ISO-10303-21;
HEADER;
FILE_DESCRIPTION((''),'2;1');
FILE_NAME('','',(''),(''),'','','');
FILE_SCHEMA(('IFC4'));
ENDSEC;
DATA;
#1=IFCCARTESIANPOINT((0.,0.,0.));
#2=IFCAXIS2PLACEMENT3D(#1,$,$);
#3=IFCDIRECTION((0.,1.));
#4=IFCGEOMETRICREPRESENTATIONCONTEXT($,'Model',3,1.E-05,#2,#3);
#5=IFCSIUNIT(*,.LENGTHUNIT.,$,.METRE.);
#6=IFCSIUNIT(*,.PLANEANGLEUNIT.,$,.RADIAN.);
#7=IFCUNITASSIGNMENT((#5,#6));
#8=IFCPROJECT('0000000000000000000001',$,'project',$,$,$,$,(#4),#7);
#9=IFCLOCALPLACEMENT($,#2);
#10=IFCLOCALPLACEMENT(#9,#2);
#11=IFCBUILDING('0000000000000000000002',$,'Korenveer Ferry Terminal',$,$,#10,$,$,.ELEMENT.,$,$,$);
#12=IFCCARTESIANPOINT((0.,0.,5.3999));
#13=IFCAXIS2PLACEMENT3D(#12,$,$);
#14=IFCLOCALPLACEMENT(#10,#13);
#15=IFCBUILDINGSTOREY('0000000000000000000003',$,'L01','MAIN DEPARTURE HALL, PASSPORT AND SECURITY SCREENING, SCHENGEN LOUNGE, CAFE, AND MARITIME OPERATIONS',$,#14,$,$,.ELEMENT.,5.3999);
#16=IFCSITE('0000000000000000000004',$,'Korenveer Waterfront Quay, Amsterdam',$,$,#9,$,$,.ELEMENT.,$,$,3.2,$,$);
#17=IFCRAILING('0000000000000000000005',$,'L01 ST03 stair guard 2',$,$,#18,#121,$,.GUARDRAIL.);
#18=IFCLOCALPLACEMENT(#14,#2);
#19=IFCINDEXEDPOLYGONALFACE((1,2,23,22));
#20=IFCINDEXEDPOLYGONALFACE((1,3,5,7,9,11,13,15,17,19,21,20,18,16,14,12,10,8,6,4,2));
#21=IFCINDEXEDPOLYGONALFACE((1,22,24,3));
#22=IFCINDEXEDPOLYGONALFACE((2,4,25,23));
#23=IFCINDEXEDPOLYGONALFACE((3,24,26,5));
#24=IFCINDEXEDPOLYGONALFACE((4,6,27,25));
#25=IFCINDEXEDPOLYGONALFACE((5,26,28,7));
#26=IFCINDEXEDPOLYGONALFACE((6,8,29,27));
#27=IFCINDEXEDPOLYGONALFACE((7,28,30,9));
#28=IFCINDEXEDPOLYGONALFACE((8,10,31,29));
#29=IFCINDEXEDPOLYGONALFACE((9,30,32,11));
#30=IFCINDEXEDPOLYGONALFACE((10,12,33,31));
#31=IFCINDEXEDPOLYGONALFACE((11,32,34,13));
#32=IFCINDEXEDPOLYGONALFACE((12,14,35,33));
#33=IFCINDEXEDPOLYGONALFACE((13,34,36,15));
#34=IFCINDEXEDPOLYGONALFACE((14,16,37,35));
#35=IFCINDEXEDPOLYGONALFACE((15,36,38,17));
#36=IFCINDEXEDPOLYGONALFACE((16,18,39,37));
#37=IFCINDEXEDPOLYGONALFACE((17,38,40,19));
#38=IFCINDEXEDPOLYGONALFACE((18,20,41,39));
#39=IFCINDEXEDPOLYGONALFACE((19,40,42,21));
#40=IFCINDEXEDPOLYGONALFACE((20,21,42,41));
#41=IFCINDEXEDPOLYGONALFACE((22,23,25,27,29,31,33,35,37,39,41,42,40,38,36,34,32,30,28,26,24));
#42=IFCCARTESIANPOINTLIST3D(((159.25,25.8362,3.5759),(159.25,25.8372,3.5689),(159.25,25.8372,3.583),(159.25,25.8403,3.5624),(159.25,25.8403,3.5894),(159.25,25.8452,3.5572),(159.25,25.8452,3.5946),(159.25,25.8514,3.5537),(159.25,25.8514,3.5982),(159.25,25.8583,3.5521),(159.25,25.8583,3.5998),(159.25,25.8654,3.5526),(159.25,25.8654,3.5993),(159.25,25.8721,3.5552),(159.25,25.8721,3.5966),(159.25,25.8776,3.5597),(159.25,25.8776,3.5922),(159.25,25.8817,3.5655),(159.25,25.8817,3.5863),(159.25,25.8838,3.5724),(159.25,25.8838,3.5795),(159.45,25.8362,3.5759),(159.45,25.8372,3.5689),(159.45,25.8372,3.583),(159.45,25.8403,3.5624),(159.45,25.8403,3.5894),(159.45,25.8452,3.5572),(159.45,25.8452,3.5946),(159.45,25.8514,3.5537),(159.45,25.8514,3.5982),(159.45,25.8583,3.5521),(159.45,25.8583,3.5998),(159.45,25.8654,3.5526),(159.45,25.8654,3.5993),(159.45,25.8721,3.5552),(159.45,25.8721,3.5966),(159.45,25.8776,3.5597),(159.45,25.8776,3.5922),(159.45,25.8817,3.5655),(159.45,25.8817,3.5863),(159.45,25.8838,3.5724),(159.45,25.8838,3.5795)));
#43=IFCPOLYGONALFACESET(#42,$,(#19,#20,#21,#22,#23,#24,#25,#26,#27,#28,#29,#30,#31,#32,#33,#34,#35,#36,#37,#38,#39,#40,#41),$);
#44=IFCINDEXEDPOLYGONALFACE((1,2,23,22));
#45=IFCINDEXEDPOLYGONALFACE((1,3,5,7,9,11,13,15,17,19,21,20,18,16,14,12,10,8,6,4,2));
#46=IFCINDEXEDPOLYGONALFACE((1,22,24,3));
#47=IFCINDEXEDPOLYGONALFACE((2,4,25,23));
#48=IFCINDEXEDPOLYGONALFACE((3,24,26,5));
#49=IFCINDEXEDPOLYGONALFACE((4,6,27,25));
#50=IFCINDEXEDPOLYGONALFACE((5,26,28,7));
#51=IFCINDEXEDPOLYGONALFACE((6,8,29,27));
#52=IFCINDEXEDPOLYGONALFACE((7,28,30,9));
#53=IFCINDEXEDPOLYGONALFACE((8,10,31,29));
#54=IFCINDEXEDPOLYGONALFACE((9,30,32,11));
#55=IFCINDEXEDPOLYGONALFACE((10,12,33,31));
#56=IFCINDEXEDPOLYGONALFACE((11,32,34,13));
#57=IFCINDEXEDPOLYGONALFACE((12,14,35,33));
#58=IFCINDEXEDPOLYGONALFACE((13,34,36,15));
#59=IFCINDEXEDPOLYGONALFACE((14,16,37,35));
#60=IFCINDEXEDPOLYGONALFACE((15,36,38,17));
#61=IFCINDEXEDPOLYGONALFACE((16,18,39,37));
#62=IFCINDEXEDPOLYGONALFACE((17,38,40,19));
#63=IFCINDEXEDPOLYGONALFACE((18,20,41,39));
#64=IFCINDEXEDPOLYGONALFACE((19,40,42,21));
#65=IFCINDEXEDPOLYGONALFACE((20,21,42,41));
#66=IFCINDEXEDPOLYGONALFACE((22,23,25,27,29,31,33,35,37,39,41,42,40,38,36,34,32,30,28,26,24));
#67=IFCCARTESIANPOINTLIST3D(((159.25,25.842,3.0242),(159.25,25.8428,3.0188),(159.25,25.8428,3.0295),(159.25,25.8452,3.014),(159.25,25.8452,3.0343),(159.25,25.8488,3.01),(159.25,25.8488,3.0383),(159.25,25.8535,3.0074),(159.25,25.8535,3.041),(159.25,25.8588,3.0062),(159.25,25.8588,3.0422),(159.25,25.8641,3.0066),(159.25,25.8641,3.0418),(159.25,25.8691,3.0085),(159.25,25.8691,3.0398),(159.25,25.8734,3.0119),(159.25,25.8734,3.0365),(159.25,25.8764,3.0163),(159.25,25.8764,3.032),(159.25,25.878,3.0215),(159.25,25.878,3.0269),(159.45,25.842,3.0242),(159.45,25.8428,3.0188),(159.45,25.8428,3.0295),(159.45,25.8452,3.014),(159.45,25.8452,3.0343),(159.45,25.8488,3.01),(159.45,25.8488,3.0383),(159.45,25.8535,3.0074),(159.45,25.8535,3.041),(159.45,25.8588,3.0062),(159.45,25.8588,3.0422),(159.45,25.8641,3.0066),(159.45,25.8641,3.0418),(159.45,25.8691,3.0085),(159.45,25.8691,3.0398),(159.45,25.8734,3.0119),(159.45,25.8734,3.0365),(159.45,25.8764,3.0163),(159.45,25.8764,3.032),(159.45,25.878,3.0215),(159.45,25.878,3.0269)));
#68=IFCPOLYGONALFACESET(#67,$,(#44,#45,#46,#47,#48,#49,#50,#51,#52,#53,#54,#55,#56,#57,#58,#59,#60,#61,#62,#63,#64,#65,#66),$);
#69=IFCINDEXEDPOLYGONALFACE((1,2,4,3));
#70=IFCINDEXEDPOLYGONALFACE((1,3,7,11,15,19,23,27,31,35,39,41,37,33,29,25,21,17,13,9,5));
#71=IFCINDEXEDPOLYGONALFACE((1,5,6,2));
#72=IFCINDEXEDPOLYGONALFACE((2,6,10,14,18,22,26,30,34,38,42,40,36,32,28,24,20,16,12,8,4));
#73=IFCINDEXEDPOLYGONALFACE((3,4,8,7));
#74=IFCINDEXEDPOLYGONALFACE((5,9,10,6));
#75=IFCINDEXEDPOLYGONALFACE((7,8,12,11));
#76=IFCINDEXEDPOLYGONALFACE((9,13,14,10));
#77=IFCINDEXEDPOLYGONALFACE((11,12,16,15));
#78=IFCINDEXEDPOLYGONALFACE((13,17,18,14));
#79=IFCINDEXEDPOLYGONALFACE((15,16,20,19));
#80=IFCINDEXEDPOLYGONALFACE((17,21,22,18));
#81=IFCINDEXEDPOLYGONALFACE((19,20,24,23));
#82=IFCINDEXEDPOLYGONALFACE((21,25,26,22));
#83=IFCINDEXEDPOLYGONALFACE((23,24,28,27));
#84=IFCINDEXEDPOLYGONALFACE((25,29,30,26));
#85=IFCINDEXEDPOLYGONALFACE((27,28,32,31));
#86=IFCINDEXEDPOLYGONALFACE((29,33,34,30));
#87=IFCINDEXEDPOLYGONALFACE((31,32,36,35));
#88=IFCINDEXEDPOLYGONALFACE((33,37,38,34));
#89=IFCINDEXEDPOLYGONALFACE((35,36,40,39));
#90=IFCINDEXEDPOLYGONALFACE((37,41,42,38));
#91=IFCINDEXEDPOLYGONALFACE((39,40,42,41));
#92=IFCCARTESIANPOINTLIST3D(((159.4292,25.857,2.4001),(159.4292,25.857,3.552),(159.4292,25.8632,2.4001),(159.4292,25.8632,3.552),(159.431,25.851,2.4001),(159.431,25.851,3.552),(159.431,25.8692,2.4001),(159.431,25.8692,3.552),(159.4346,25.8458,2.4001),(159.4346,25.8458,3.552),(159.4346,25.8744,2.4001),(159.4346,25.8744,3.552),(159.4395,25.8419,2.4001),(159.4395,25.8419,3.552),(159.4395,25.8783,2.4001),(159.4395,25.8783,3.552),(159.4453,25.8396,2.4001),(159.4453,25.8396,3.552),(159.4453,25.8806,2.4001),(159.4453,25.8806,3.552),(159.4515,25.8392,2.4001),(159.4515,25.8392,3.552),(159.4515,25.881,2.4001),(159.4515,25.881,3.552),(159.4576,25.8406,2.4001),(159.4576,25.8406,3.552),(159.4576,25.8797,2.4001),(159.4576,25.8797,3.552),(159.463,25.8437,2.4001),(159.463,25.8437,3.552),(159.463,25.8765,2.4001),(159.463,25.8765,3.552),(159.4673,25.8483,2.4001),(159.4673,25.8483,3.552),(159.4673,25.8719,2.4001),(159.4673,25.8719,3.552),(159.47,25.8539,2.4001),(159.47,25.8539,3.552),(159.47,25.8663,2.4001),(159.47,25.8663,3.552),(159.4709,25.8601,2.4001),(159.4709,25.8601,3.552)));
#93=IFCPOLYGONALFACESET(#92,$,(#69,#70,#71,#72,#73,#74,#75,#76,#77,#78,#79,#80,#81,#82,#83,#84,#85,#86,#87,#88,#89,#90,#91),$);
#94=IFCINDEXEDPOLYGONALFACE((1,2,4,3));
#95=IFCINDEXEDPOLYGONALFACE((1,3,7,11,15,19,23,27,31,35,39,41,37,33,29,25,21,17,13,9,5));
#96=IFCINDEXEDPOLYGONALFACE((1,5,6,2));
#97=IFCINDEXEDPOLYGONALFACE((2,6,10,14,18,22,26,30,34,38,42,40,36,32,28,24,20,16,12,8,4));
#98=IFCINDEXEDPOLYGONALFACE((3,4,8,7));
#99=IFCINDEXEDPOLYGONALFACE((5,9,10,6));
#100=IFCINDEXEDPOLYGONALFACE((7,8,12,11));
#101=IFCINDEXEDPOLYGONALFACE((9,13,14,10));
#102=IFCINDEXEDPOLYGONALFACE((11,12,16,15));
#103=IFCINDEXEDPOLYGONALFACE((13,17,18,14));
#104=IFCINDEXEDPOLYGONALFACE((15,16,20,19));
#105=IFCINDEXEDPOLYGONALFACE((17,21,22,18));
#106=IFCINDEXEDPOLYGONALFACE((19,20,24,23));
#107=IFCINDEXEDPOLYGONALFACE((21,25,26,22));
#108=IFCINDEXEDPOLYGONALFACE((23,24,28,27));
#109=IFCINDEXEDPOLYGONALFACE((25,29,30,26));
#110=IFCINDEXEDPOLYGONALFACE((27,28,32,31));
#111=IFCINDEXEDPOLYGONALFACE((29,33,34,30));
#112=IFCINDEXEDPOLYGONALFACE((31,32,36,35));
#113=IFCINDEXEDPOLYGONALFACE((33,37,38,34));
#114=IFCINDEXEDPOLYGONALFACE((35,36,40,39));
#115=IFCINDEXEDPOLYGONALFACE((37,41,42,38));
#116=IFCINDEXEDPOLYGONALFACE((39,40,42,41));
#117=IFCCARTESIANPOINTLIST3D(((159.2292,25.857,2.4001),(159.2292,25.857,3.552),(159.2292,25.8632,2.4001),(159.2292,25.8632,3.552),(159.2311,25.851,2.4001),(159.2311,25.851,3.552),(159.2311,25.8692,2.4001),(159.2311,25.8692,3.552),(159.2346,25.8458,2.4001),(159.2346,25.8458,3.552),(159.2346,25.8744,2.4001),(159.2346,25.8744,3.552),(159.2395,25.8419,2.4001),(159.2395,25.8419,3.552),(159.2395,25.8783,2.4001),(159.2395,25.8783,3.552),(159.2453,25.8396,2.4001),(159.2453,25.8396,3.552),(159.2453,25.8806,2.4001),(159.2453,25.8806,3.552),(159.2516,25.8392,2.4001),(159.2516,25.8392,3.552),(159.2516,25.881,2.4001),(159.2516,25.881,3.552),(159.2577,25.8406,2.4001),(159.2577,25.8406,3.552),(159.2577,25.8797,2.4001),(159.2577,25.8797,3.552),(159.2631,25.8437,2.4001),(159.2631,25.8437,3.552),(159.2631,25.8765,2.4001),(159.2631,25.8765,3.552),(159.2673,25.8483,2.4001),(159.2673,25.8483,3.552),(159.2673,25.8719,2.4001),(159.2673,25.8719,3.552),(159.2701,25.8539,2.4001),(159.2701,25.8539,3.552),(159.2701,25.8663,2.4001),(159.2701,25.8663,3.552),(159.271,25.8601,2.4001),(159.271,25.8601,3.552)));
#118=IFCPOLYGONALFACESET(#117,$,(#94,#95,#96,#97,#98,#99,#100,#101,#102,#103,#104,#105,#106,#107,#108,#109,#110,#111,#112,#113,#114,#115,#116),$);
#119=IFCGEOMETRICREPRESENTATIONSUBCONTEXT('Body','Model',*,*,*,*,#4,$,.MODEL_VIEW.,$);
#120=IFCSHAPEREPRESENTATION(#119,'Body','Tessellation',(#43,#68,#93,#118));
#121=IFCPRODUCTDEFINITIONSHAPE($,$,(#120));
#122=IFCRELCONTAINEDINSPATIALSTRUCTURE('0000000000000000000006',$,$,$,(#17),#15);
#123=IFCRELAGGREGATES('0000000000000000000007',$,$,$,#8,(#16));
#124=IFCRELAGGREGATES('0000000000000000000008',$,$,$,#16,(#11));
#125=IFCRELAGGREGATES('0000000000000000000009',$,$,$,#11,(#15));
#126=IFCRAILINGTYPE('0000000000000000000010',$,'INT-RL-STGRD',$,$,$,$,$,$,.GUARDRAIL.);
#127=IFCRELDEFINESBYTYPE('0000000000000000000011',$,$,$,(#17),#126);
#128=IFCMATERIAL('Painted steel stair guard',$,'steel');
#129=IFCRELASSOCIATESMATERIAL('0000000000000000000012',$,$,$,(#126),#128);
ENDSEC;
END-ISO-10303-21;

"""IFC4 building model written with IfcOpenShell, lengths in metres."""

from ifc_helpers import new_model, si_unit, direction, frame, origin, origin_2d, place, context, subcontext, project, spatial, circle, extrude, material, type_object, element, save


model = new_model("IFC4")

# Units and contexts
model_context = context("Model", 3, precision=1e-05, world=origin(), true_north=direction((0.0, 1.0)))
body_context = subcontext(model_context, "Body", "Model", "MODEL_VIEW")
ifc_project = project(units=[si_unit("LENGTHUNIT", "METRE"), si_unit("PLANEANGLEUNIT", "RADIAN")], contexts=[model_context])

# Site, building, storey
site_placement = place(None, origin())
site = spatial("IfcSite", under=ifc_project, at=site_placement, Name="Korenveer Waterfront Quay, Amsterdam", CompositionType="ELEMENT", RefElevation=3.2)
building_placement = place(site_placement, origin())
building = spatial("IfcBuilding", under=site, at=building_placement, Name="Korenveer Ferry Terminal", CompositionType="ELEMENT")
storey_placement = place(building_placement, frame((0.0, 0.0, 5.3999)))
storey = spatial("IfcBuildingStorey", under=building, at=storey_placement, Name="L01", Description="MAIN DEPARTURE HALL, PASSPORT AND SECURITY SCREENING, SCHENGEN LOUNGE, CAFE, AND MARITIME OPERATIONS", CompositionType="ELEMENT", Elevation=5.3999)

# Railing
ifc_material_1 = material(Name="Painted steel stair guard", Category="steel")
railing_type_1 = type_object("IfcRailingType", Name="INT-RL-STGRD", PredefinedType="GUARDRAIL", material=ifc_material_1)
railing_1_placement = place(storey_placement, frame((159.45, 25.8601, 2.4001)))
element("IfcRailing", 1, at=railing_1_placement, inside=storey, type_object=railing_type_1, Name="L01 ST03 stair guard 2", PredefinedType="GUARDRAIL", context=body_context, shape_type="SweptSolid", body=[
    extrude(circle(Radius=0.0239, at=origin_2d()), frame((0.0, 0.0, 1.1758), z_axis=(-1.0, 0.0, 0.0), x_axis=(0.0, -1.0, 0.0)), (0.0, 0.0, 1.0), 0.2),
    extrude(circle(Radius=0.0181, at=origin_2d()), frame((0.0, 0.0, 0.624), z_axis=(-1.0, 0.0, 0.0), x_axis=(0.0, -1.0, 0.0)), (0.0, 0.0, 1.0), 0.2),
    extrude(circle(Radius=0.021, at=origin_2d()), origin(), (0.0, 0.0, 1.0), 1.1519),
    extrude(circle(Radius=0.021, at=origin_2d()), frame((-0.2, 0.0, 0.0)), (0.0, 0.0, 1.0), 1.1519),
])

save(model, "model.ifc")
